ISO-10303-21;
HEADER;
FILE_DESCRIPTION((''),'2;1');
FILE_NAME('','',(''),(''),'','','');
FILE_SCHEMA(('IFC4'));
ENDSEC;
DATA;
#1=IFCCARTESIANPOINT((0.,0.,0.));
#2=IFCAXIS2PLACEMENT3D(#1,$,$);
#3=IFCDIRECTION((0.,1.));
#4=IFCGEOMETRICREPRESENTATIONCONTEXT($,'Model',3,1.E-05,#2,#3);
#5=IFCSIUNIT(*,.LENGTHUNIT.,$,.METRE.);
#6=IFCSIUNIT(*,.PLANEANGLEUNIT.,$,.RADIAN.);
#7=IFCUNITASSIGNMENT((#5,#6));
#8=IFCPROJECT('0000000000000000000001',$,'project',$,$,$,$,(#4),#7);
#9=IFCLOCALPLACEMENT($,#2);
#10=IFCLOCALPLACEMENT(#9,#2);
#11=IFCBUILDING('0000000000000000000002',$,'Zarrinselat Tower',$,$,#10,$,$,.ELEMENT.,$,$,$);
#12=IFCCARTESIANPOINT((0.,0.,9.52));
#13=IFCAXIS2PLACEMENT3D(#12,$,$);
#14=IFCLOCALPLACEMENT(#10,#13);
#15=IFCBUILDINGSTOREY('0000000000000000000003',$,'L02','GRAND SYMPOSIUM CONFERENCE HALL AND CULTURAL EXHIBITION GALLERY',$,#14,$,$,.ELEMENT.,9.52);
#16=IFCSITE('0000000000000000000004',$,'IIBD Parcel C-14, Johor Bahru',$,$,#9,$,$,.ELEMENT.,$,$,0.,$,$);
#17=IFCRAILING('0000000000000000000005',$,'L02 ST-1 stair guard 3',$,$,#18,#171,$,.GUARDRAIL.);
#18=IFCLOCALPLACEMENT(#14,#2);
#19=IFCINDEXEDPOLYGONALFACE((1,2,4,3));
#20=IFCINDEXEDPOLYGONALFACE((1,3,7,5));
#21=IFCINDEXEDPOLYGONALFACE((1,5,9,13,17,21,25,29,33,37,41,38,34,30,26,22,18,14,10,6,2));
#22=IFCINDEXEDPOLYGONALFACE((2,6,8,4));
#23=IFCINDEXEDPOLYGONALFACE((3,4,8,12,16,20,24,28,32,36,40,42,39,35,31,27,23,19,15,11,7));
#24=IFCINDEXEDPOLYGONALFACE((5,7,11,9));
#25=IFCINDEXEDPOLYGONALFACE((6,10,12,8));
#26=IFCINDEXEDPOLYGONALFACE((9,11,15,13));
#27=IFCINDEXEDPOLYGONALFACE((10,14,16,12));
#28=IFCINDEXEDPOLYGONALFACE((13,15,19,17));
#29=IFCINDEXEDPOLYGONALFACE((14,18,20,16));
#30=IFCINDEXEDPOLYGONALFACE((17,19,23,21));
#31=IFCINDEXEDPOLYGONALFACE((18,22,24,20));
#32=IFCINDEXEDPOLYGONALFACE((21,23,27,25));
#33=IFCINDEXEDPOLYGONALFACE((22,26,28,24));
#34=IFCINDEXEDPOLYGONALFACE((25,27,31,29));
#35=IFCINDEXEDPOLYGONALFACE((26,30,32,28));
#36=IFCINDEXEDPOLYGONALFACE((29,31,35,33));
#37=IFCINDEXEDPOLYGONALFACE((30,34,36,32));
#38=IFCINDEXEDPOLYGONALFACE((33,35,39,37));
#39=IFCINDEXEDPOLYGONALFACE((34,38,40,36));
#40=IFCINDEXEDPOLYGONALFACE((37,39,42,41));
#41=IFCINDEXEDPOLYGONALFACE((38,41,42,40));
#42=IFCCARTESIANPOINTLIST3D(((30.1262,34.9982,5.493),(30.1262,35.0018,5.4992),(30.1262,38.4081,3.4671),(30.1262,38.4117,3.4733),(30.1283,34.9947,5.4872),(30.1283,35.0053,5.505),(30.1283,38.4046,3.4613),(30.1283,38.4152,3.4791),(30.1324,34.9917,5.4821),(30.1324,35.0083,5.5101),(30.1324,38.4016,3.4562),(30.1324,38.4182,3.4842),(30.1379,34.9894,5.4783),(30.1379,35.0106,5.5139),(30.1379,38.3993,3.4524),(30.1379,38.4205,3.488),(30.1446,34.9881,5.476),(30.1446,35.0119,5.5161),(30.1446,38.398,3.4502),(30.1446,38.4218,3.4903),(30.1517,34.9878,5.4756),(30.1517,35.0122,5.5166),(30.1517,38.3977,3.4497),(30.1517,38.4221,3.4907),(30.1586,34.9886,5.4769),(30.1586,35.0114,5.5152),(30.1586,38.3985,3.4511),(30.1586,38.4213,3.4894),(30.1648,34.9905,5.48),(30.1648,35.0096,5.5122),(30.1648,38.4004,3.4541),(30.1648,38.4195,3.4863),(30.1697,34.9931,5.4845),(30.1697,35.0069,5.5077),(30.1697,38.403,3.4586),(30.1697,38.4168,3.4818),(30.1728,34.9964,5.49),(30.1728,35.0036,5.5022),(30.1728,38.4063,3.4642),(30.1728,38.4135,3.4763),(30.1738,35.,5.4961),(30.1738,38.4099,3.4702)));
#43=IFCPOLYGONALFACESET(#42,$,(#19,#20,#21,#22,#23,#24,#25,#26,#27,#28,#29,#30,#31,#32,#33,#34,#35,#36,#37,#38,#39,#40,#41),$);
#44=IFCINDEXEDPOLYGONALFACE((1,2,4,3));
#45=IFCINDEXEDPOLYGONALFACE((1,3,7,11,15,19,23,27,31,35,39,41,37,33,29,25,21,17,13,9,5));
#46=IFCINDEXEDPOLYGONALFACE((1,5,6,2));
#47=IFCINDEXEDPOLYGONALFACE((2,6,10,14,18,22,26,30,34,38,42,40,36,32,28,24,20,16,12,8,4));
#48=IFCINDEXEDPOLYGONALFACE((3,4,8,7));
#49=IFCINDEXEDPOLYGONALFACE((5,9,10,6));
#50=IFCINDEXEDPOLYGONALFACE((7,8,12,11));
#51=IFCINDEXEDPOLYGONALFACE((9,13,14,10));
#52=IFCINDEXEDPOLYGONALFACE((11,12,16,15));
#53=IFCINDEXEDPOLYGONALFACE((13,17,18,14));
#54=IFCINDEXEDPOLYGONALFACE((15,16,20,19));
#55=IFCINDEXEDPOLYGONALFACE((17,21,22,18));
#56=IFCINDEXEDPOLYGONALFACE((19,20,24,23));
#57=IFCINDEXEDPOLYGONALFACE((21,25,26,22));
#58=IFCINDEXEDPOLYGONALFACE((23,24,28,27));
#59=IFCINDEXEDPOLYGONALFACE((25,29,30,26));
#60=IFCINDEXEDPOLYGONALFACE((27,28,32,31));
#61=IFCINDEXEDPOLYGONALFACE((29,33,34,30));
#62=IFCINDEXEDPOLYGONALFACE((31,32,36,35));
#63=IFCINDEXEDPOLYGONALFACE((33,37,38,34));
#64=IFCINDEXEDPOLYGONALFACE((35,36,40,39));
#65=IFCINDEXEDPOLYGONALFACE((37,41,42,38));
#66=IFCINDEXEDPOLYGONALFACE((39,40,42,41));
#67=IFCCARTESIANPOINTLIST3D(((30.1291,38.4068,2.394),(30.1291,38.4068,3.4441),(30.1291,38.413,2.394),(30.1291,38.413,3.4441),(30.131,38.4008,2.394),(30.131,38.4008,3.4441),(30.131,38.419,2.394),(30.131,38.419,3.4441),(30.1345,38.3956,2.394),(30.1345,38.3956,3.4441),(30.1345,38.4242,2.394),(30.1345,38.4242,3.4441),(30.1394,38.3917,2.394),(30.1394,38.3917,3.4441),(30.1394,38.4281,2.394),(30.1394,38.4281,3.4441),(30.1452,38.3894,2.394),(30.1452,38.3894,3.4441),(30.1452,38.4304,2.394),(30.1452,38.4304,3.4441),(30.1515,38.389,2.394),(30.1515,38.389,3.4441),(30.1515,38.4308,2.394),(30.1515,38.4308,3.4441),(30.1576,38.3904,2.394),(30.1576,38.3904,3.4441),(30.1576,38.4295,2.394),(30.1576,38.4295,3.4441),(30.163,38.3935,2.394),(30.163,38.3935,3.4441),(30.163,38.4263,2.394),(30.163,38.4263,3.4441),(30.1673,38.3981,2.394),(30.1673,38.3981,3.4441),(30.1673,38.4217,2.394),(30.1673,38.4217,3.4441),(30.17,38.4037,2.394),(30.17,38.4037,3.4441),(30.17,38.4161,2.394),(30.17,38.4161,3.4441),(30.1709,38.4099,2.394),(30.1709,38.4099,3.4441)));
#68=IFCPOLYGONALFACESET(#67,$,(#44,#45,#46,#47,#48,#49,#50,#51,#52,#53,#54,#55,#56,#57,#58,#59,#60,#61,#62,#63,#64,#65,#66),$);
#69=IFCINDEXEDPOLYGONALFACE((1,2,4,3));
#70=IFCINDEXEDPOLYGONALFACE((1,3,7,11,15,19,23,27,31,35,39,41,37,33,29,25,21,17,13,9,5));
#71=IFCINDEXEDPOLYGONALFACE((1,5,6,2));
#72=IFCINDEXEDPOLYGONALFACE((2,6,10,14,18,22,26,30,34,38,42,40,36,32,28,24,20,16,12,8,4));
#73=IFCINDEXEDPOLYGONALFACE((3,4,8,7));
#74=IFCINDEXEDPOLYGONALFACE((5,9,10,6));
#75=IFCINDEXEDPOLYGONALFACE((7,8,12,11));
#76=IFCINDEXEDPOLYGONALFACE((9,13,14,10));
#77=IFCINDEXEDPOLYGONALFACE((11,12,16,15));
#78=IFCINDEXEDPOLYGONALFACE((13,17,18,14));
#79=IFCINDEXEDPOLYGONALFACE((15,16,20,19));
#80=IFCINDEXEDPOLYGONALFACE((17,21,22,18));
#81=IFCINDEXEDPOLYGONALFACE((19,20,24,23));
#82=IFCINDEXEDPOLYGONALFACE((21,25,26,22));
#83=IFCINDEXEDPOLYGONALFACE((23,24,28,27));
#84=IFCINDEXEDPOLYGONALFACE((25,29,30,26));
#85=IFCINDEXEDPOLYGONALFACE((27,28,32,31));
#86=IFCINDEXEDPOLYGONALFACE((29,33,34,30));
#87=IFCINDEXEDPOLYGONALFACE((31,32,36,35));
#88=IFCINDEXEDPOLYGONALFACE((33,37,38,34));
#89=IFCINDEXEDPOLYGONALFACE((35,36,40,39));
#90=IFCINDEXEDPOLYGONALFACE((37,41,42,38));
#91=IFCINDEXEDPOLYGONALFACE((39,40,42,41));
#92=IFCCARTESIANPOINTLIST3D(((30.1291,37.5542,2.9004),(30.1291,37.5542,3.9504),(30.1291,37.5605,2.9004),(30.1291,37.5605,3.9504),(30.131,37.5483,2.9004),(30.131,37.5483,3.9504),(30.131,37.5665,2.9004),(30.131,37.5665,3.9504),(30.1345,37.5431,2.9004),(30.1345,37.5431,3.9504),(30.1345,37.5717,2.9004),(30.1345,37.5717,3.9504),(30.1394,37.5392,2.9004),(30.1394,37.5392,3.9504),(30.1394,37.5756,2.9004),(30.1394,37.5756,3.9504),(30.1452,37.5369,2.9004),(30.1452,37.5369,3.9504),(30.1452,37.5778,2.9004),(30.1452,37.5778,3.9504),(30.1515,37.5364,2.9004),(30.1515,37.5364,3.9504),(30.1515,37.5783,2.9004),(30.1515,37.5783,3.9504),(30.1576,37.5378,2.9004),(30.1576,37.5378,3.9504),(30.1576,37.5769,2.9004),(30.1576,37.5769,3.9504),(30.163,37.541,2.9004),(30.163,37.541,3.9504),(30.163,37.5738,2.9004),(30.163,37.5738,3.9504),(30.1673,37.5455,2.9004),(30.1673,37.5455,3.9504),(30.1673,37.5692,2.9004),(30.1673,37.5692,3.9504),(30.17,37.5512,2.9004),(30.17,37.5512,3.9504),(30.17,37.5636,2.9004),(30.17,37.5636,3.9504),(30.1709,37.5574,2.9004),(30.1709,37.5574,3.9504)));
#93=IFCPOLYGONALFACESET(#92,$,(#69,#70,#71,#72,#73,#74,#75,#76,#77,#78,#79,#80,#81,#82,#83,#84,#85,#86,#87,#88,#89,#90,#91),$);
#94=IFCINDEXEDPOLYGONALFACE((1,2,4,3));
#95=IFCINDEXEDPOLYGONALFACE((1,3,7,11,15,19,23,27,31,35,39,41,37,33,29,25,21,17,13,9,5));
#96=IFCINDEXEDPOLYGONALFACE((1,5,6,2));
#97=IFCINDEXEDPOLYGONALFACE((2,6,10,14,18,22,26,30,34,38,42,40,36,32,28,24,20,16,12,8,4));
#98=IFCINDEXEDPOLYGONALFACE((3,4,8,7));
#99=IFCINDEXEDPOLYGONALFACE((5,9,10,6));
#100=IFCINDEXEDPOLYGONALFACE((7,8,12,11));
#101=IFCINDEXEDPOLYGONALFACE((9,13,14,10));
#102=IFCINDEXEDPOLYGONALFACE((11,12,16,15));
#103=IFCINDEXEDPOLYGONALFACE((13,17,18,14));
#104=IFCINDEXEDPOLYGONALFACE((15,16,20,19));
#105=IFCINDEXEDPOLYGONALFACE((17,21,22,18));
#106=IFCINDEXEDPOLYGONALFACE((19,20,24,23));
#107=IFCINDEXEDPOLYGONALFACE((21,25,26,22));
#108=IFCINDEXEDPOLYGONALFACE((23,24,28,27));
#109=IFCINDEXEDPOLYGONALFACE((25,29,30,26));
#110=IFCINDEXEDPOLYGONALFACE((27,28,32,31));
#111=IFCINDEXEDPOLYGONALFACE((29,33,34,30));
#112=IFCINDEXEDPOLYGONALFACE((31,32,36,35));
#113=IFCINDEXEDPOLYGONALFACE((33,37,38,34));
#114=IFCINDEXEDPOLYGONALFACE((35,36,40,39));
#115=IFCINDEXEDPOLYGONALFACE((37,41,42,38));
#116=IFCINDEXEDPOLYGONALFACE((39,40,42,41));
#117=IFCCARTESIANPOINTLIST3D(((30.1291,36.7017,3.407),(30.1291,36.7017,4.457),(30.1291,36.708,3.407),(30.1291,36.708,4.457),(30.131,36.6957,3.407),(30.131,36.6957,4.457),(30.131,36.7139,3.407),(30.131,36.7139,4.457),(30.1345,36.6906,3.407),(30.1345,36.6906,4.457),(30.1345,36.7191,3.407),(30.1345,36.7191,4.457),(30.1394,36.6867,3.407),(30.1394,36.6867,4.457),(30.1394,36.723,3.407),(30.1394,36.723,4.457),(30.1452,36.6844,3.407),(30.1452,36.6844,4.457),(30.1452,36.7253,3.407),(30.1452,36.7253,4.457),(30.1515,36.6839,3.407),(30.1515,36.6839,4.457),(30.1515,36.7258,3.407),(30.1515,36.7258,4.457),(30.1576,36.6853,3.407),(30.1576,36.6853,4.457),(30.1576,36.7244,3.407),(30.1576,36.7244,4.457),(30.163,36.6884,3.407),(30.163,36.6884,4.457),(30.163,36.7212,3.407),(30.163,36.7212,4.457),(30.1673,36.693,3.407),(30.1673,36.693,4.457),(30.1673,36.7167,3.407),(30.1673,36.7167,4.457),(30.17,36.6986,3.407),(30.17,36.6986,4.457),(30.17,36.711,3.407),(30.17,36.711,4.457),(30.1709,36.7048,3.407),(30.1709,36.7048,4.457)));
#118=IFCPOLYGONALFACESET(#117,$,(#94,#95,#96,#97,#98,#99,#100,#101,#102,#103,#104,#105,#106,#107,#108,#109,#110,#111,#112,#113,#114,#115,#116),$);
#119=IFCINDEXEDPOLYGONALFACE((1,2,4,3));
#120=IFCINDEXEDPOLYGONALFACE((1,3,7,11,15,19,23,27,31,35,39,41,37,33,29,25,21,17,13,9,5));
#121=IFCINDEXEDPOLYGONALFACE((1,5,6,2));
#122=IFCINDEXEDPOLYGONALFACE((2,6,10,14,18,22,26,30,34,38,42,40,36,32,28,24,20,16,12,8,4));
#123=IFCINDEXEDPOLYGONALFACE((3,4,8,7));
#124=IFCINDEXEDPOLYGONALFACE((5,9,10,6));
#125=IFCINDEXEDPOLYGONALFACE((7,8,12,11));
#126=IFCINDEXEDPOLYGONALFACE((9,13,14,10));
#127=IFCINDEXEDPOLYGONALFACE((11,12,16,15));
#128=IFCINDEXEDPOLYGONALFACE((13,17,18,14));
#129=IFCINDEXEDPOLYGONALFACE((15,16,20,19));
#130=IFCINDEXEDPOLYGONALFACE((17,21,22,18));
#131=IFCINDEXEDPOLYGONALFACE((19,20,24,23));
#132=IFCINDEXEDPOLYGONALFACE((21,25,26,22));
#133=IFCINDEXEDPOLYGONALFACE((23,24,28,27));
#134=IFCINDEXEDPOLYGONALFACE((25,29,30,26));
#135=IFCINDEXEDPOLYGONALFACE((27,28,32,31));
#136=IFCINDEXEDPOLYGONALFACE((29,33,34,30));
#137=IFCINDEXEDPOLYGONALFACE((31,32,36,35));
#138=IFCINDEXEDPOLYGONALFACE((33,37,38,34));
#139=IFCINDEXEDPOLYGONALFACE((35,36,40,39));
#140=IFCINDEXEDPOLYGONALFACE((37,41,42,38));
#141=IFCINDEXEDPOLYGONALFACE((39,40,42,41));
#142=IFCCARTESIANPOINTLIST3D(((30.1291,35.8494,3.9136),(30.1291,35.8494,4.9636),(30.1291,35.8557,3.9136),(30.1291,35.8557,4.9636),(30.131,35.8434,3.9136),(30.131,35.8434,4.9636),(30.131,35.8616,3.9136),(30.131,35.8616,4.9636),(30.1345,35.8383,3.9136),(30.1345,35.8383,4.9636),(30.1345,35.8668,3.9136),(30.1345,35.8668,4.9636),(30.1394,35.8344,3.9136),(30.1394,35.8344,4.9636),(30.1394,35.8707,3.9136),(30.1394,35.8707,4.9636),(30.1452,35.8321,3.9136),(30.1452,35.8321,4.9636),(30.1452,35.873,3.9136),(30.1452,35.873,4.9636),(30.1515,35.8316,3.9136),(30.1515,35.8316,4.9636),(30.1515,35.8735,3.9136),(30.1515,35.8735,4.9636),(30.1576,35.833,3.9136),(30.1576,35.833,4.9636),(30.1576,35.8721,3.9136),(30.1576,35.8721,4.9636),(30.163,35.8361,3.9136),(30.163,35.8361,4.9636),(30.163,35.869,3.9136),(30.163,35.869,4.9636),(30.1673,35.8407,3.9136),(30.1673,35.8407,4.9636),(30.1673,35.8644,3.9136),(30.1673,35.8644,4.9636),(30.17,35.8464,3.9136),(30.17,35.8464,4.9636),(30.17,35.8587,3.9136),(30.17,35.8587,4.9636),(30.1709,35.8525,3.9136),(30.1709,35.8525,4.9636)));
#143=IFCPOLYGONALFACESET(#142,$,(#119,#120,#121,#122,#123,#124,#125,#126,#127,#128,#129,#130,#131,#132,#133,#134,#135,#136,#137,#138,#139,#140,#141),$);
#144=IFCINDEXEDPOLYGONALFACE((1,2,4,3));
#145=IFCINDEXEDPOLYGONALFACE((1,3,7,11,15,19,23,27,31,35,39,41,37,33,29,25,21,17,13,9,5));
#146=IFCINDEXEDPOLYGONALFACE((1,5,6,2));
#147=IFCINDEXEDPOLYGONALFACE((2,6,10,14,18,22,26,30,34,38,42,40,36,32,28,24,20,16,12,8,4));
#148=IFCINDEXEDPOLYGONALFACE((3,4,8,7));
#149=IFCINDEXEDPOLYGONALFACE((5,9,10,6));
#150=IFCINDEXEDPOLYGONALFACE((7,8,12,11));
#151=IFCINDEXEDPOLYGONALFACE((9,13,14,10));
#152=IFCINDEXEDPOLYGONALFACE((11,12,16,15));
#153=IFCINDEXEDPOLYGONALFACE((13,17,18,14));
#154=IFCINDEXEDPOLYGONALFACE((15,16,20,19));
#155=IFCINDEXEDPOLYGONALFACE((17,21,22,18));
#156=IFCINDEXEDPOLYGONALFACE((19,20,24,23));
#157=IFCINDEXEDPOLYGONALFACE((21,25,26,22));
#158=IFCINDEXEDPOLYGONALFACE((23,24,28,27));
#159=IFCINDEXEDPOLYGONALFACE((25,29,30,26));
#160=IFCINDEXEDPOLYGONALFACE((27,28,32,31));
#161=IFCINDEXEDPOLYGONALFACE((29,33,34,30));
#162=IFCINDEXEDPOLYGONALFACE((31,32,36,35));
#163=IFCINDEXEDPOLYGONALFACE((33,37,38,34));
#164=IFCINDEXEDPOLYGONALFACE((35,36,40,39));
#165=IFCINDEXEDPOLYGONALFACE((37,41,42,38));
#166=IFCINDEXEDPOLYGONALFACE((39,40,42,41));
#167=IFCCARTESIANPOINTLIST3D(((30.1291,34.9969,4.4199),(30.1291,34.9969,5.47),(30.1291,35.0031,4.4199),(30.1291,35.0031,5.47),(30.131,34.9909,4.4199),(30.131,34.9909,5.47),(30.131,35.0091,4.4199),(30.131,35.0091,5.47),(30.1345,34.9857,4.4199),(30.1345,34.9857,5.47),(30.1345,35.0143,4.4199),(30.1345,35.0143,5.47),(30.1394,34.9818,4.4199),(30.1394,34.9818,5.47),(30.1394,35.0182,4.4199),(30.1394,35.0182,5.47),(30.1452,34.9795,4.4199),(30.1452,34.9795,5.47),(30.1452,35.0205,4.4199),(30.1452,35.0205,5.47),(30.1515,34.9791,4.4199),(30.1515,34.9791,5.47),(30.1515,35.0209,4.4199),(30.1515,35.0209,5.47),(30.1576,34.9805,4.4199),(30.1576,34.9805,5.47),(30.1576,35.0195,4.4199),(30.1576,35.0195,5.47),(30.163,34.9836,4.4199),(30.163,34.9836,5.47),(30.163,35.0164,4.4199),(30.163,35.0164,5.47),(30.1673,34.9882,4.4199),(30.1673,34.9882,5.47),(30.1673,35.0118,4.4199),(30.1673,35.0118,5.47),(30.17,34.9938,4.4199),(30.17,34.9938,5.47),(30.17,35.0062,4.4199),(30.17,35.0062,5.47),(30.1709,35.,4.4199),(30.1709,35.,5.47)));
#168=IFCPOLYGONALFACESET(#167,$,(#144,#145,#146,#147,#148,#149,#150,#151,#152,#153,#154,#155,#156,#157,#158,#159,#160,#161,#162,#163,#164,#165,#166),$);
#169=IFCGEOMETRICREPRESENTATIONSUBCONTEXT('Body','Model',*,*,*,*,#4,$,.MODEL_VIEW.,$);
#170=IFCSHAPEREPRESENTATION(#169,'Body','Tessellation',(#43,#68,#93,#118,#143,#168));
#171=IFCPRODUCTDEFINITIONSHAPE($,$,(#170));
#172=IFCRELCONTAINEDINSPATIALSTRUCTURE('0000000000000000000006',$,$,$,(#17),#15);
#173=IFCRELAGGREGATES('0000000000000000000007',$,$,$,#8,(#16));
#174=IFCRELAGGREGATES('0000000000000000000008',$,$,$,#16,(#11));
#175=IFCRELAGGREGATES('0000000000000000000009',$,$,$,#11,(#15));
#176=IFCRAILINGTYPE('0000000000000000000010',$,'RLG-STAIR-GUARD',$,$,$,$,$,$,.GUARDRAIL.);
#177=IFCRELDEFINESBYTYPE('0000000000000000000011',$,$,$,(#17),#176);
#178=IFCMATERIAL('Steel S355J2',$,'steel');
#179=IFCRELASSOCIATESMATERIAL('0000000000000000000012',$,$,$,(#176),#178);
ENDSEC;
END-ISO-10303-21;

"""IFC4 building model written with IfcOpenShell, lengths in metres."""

from ifc_helpers import new_model, si_unit, direction, frame, origin, origin_2d, place, context, subcontext, project, spatial, circle, extrude, material, type_object, element, save


model = new_model("IFC4")

# Units and contexts
model_context = context("Model", 3, precision=1e-05, world=origin(), true_north=direction((0.0, 1.0)))
body_context = subcontext(model_context, "Body", "Model", "MODEL_VIEW")
ifc_project = project(units=[si_unit("LENGTHUNIT", "METRE"), si_unit("PLANEANGLEUNIT", "RADIAN")], contexts=[model_context])

# Site, building, storey
site_placement = place(None, origin())
site = spatial("IfcSite", under=ifc_project, at=site_placement, Name="IIBD Parcel C-14, Johor Bahru", CompositionType="ELEMENT", RefElevation=0.0)
building_placement = place(site_placement, origin())
building = spatial("IfcBuilding", under=site, at=building_placement, Name="Zarrinselat Tower", CompositionType="ELEMENT")
storey_placement = place(building_placement, frame((0.0, 0.0, 9.52)))
storey = spatial("IfcBuildingStorey", under=building, at=storey_placement, Name="L02", Description="GRAND SYMPOSIUM CONFERENCE HALL AND CULTURAL EXHIBITION GALLERY", CompositionType="ELEMENT", Elevation=9.52)

# Railing
ifc_material_1 = material(Name="Steel S355J2", Category="steel")
railing_type_1 = type_object("IfcRailingType", Name="RLG-STAIR-GUARD", PredefinedType="GUARDRAIL", material=ifc_material_1)
railing_1_placement = place(storey_placement, frame((30.1499, 38.4099, 2.394)))
element("IfcRailing", 1, at=railing_1_placement, inside=storey, type_object=railing_type_1, Name="L02 ST-1 stair guard 3", PredefinedType="GUARDRAIL", context=body_context, shape_type="SweptSolid", body=[
    extrude(circle(Radius=0.0239, at=origin_2d()), frame((0.0, 0.0, 1.0762), z_axis=(0.0, -0.859717, 0.510771), x_axis=(1.0, 0.0, 0.0)), (0.0, 0.0, 1.0), 3.9663),
    extrude(circle(Radius=0.021, at=origin_2d()), origin(), (0.0, 0.0, 1.0), 1.05),
    extrude(circle(Radius=0.021, at=origin_2d()), frame((0.0, -0.8525, 0.5063)), (0.0, 0.0, 1.0), 1.05),
    extrude(circle(Radius=0.021, at=origin_2d()), frame((0.0, -1.7051, 1.0129)), (0.0, 0.0, 1.0), 1.05),
    extrude(circle(Radius=0.021, at=origin_2d()), frame((0.0, -2.5574, 1.5195)), (0.0, 0.0, 1.0), 1.05),
    extrude(circle(Radius=0.021, at=origin_2d()), frame((0.0, -3.4099, 2.0259)), (0.0, 0.0, 1.0), 1.05),
])

save(model, "model.ifc")
